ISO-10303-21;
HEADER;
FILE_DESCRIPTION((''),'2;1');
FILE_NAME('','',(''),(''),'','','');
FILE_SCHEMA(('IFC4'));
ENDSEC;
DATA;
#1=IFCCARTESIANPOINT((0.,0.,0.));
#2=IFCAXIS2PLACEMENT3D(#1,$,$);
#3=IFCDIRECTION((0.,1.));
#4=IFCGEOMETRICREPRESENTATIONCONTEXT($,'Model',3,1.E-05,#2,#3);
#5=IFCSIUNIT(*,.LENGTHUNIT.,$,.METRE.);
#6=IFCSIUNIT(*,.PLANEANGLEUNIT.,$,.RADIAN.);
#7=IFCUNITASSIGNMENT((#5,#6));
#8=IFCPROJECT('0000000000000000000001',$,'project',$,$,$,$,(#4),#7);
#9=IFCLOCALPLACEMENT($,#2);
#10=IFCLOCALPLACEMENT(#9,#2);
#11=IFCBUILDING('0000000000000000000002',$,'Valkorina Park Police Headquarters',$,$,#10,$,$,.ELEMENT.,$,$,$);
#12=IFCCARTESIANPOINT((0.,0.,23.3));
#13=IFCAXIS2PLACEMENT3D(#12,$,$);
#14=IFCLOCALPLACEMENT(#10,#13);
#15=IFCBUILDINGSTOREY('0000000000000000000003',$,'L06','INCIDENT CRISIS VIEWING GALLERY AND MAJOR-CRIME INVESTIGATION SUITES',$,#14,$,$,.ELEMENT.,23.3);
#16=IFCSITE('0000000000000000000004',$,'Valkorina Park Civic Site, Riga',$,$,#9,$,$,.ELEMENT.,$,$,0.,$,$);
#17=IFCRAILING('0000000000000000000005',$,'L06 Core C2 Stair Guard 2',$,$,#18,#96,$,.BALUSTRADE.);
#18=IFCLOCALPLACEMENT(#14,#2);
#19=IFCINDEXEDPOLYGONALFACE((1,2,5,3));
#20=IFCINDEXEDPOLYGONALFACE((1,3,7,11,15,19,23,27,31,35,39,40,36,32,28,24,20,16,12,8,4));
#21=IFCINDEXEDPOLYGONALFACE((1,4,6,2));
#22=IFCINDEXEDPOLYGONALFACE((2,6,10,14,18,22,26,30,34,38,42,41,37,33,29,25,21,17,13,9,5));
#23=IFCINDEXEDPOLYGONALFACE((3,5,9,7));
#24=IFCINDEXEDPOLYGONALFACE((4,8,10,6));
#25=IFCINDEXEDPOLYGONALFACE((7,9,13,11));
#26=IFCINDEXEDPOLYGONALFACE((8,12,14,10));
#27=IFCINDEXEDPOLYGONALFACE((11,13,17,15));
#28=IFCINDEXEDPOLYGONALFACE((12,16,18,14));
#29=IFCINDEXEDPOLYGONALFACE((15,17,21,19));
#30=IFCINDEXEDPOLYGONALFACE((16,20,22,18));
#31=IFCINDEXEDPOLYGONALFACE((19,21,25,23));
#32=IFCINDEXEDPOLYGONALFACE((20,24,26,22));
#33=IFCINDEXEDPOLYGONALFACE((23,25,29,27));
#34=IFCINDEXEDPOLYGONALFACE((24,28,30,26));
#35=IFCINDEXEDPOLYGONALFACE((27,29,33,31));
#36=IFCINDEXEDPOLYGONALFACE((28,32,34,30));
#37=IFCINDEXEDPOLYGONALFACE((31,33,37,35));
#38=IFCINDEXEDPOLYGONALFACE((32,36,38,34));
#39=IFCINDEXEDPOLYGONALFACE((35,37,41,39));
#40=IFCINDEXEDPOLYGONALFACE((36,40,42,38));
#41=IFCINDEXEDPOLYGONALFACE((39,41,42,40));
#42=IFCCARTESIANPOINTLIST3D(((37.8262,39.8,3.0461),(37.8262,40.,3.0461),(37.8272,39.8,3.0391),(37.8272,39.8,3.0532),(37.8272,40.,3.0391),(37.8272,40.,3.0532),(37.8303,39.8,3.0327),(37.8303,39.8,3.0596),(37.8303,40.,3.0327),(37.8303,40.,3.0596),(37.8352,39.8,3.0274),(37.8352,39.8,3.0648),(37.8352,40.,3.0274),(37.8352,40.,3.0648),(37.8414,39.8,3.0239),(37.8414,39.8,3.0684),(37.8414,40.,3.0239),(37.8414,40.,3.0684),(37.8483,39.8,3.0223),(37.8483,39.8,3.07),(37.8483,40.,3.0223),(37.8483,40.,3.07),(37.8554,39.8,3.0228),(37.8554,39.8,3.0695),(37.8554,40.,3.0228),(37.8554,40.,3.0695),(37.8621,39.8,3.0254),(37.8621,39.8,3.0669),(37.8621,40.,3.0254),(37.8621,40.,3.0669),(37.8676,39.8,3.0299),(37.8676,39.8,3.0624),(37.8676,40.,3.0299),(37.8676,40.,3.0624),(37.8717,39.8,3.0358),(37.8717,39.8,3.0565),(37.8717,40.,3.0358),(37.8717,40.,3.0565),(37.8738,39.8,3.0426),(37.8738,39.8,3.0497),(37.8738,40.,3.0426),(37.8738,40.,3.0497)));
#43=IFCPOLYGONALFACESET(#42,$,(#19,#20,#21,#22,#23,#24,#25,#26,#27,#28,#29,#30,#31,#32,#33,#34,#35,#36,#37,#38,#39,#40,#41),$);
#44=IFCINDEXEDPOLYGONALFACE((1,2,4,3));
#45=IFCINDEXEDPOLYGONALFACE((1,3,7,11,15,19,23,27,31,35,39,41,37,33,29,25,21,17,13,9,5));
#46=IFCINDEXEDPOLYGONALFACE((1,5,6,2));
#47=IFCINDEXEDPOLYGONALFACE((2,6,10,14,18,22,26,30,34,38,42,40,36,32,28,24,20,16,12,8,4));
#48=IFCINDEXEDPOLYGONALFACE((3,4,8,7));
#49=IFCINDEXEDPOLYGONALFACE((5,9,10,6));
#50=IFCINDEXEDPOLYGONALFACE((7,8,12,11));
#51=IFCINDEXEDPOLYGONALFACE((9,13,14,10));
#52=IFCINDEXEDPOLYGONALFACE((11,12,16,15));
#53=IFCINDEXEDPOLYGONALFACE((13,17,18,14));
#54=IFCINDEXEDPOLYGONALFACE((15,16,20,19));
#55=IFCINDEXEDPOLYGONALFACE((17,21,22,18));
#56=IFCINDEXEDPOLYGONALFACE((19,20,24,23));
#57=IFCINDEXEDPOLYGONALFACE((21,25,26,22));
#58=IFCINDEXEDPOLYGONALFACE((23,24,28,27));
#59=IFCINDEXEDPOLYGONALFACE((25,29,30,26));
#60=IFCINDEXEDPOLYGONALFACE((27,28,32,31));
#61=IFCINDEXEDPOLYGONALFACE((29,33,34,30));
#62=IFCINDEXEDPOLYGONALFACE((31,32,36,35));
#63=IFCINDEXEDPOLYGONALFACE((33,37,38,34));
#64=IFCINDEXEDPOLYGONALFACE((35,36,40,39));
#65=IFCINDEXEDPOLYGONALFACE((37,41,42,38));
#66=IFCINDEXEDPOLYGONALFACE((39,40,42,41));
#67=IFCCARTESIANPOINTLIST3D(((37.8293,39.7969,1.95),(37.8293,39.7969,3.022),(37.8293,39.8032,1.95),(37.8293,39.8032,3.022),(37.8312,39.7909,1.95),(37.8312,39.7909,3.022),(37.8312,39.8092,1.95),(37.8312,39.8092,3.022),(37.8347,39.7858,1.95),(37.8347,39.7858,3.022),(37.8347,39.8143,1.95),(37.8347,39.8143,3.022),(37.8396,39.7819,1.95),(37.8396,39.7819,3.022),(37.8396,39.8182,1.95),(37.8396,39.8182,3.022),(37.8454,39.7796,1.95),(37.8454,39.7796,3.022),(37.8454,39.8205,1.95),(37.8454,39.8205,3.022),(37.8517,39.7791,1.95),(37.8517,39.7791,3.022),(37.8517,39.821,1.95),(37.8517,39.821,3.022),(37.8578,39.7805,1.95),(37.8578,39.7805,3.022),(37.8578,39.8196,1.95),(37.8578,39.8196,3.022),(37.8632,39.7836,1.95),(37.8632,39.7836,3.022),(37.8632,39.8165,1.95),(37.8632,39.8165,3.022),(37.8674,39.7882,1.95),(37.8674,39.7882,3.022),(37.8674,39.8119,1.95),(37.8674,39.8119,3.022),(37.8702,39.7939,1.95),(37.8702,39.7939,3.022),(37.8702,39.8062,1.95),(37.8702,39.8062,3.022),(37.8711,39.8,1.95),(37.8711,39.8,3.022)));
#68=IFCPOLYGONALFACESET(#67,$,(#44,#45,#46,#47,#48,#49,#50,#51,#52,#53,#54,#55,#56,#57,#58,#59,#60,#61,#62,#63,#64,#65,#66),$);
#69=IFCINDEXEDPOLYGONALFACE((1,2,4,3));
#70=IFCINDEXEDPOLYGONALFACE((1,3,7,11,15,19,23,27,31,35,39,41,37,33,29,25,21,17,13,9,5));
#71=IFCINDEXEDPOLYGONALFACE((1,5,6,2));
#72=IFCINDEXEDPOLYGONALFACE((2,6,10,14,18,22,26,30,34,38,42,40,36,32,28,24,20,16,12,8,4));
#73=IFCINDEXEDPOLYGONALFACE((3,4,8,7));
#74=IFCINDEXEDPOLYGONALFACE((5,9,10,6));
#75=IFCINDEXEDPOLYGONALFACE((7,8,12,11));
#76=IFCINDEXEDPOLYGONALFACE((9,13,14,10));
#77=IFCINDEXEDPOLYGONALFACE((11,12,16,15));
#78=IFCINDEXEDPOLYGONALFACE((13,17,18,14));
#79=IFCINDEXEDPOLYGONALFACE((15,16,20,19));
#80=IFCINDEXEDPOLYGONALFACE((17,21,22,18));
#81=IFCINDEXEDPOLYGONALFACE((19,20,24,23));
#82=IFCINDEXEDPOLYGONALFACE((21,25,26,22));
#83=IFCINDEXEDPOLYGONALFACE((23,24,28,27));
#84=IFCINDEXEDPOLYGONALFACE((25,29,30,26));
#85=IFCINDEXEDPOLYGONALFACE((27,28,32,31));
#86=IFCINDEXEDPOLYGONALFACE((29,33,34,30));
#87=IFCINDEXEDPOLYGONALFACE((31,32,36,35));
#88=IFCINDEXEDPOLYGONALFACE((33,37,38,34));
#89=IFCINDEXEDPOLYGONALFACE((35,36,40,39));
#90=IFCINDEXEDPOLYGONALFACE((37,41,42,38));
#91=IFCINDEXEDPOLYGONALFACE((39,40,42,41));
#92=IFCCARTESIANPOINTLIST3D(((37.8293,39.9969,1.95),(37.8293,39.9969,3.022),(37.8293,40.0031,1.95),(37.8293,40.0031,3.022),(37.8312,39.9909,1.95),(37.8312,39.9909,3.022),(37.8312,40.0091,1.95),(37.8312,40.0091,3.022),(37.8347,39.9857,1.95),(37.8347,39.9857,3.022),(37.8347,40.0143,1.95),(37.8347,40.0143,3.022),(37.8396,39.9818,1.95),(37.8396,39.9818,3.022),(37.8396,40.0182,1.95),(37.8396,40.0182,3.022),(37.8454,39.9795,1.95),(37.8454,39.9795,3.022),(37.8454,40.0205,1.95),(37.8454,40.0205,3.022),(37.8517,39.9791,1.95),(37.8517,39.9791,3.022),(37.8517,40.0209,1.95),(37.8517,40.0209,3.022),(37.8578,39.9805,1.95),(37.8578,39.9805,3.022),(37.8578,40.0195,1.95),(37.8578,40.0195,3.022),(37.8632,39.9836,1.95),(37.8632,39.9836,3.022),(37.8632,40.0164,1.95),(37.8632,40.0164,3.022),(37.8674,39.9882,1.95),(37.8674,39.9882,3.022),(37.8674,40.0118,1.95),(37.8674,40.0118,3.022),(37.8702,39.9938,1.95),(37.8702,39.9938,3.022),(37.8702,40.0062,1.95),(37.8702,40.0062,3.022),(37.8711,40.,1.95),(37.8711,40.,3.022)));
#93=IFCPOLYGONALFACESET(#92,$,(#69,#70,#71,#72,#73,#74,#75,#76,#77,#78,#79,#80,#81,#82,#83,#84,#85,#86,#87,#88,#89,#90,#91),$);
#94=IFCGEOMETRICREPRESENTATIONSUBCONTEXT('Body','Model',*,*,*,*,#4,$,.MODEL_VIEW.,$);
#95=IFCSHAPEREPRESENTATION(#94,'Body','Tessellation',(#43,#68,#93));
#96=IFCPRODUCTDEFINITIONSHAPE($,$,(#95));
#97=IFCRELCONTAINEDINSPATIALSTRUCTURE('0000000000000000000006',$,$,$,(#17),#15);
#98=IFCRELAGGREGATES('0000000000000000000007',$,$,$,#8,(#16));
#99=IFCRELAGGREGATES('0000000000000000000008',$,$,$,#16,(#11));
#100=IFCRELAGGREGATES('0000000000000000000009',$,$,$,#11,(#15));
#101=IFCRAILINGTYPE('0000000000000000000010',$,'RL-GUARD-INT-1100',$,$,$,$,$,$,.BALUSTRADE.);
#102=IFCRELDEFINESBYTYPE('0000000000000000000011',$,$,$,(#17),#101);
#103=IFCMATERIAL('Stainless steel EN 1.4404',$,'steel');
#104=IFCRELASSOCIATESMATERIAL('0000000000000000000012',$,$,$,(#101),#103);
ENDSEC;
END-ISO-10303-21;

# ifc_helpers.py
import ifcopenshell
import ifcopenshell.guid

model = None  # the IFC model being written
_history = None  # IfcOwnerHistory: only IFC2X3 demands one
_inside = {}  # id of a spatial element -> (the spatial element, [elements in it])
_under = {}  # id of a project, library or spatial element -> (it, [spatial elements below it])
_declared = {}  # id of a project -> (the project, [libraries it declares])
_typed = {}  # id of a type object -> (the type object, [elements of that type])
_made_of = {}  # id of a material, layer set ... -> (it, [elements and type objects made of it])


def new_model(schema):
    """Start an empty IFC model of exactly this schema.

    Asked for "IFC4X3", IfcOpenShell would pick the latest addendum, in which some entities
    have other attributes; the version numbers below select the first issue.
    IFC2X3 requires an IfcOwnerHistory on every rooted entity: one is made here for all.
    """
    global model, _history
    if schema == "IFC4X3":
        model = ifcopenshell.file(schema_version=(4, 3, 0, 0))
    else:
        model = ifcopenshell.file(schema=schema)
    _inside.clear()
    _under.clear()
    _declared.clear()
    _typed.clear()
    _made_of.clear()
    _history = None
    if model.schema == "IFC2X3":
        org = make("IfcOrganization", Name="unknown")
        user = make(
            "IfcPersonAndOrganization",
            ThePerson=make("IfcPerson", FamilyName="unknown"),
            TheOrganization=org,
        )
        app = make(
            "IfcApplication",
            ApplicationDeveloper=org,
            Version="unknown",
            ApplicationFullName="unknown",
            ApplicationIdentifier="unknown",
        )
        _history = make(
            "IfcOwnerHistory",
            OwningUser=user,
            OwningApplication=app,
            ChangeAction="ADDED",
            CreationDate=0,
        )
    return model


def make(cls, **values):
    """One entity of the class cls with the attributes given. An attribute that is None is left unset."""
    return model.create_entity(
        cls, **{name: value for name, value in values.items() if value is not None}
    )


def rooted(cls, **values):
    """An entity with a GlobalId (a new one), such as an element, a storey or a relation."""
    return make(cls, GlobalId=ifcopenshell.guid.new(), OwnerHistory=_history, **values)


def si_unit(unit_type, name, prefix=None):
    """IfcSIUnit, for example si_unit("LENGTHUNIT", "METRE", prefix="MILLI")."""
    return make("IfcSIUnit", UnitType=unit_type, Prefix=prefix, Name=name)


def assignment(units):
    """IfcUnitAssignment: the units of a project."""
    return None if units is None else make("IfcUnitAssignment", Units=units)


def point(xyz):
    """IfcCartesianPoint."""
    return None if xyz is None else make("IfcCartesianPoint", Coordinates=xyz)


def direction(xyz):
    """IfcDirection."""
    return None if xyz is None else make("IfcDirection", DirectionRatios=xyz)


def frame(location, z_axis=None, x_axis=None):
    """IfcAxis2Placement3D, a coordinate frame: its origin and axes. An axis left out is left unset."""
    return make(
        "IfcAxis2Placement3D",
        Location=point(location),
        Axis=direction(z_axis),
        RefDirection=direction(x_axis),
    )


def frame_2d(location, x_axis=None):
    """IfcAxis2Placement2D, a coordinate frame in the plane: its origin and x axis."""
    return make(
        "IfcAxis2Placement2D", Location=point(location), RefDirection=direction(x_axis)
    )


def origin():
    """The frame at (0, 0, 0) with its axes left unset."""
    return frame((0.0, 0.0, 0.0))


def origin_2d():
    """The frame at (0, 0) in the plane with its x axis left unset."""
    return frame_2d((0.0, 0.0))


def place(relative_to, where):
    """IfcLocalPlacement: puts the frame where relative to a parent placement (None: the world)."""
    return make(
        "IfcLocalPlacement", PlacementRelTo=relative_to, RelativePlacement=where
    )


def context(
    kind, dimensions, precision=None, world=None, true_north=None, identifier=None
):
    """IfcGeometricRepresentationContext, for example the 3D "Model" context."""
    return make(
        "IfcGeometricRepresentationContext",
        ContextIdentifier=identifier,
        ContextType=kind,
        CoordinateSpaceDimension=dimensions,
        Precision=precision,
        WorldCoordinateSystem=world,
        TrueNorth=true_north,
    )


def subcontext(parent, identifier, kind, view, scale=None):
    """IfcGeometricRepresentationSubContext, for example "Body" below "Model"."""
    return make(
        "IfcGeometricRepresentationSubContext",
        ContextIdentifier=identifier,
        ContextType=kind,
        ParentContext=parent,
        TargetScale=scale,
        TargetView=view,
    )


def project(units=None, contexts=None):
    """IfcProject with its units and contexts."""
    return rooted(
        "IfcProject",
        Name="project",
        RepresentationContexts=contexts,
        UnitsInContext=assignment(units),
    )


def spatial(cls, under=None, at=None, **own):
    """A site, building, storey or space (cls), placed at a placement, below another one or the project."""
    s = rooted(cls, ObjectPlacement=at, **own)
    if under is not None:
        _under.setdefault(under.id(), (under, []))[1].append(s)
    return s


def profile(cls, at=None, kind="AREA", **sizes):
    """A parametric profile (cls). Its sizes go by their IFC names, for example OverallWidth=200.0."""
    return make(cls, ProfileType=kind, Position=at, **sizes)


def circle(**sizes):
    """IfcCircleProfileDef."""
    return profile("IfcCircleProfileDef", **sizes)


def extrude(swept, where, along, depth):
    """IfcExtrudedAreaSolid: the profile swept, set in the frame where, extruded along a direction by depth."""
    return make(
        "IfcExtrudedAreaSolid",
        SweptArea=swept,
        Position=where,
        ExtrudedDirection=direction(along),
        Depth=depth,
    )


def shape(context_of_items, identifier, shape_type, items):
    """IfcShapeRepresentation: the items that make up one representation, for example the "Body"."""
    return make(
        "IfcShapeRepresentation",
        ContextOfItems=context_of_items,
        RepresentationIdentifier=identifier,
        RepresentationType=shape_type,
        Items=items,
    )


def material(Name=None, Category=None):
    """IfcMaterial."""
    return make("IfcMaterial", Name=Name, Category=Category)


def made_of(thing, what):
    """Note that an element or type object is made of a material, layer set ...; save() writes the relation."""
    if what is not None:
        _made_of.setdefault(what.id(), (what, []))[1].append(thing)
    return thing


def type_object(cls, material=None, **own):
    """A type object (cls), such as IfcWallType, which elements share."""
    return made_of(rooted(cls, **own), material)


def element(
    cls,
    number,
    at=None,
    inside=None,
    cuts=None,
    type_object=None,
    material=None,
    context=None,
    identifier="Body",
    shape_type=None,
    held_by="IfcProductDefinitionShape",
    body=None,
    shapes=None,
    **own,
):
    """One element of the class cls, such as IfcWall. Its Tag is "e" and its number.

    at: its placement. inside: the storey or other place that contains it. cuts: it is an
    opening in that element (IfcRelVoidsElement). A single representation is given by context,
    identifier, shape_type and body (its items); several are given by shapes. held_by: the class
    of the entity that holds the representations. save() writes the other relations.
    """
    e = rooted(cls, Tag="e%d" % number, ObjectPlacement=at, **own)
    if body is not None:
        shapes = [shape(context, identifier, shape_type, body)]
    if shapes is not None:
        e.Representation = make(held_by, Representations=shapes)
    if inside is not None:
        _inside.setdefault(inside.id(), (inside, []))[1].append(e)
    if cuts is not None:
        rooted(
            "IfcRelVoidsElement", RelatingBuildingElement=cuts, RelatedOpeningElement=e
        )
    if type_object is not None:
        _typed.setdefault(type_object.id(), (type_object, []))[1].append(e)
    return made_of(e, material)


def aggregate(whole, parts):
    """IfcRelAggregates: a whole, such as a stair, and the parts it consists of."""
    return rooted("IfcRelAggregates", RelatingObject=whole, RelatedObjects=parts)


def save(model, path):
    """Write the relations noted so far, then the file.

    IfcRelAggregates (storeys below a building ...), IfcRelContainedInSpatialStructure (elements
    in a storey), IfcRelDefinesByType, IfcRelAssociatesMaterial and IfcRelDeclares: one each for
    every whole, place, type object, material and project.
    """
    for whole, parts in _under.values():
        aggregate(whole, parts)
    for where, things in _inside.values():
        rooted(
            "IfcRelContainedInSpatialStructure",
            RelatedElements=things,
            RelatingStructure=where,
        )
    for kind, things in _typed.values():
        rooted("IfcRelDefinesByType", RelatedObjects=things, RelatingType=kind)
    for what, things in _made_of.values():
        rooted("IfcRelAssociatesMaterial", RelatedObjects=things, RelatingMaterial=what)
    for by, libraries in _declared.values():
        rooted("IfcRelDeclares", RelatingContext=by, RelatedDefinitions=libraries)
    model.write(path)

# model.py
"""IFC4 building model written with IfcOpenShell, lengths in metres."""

from ifc_helpers import new_model, si_unit, direction, frame, origin, origin_2d, place, context, subcontext, project, spatial, circle, extrude, material, type_object, element, save


model = new_model("IFC4")

# Units and contexts
model_context = context("Model", 3, precision=1e-05, world=origin(), true_north=direction((0.0, 1.0)))
body_context = subcontext(model_context, "Body", "Model", "MODEL_VIEW")
ifc_project = project(units=[si_unit("LENGTHUNIT", "METRE"), si_unit("PLANEANGLEUNIT", "RADIAN")], contexts=[model_context])

# Site, building, storey
site_placement = place(None, origin())
site = spatial("IfcSite", under=ifc_project, at=site_placement, Name="Valkorina Park Civic Site, Riga", CompositionType="ELEMENT", RefElevation=0.0)
building_placement = place(site_placement, origin())
building = spatial("IfcBuilding", under=site, at=building_placement, Name="Valkorina Park Police Headquarters", CompositionType="ELEMENT")
storey_placement = place(building_placement, frame((0.0, 0.0, 23.3)))
storey = spatial("IfcBuildingStorey", under=building, at=storey_placement, Name="L06", Description="INCIDENT CRISIS VIEWING GALLERY AND MAJOR-CRIME INVESTIGATION SUITES", CompositionType="ELEMENT", Elevation=23.3)

# Railing
ifc_material_1 = material(Name="Stainless steel EN 1.4404", Category="steel")
railing_type_1 = type_object("IfcRailingType", Name="RL-GUARD-INT-1100", PredefinedType="BALUSTRADE", material=ifc_material_1)
railing_1_placement = place(storey_placement, frame((37.8501, 39.8, 1.95)))
element("IfcRailing", 1, at=railing_1_placement, inside=storey, type_object=railing_type_1, Name="L06 Core C2 Stair Guard 2", PredefinedType="BALUSTRADE", context=body_context, shape_type="SweptSolid", body=[
    extrude(circle(Radius=0.0239, at=origin_2d()), frame((0.0, 0.0, 1.0962), z_axis=(0.0, 1.0, 0.0), x_axis=(-1.0, 0.0, 0.0)), (0.0, 0.0, 1.0), 0.2),
    extrude(circle(Radius=0.021, at=origin_2d()), origin(), (0.0, 0.0, 1.0), 1.072),
    extrude(circle(Radius=0.021, at=origin_2d()), frame((0.0, 0.2, 0.0)), (0.0, 0.0, 1.0), 1.072),
])

save(model, "model.ifc")
